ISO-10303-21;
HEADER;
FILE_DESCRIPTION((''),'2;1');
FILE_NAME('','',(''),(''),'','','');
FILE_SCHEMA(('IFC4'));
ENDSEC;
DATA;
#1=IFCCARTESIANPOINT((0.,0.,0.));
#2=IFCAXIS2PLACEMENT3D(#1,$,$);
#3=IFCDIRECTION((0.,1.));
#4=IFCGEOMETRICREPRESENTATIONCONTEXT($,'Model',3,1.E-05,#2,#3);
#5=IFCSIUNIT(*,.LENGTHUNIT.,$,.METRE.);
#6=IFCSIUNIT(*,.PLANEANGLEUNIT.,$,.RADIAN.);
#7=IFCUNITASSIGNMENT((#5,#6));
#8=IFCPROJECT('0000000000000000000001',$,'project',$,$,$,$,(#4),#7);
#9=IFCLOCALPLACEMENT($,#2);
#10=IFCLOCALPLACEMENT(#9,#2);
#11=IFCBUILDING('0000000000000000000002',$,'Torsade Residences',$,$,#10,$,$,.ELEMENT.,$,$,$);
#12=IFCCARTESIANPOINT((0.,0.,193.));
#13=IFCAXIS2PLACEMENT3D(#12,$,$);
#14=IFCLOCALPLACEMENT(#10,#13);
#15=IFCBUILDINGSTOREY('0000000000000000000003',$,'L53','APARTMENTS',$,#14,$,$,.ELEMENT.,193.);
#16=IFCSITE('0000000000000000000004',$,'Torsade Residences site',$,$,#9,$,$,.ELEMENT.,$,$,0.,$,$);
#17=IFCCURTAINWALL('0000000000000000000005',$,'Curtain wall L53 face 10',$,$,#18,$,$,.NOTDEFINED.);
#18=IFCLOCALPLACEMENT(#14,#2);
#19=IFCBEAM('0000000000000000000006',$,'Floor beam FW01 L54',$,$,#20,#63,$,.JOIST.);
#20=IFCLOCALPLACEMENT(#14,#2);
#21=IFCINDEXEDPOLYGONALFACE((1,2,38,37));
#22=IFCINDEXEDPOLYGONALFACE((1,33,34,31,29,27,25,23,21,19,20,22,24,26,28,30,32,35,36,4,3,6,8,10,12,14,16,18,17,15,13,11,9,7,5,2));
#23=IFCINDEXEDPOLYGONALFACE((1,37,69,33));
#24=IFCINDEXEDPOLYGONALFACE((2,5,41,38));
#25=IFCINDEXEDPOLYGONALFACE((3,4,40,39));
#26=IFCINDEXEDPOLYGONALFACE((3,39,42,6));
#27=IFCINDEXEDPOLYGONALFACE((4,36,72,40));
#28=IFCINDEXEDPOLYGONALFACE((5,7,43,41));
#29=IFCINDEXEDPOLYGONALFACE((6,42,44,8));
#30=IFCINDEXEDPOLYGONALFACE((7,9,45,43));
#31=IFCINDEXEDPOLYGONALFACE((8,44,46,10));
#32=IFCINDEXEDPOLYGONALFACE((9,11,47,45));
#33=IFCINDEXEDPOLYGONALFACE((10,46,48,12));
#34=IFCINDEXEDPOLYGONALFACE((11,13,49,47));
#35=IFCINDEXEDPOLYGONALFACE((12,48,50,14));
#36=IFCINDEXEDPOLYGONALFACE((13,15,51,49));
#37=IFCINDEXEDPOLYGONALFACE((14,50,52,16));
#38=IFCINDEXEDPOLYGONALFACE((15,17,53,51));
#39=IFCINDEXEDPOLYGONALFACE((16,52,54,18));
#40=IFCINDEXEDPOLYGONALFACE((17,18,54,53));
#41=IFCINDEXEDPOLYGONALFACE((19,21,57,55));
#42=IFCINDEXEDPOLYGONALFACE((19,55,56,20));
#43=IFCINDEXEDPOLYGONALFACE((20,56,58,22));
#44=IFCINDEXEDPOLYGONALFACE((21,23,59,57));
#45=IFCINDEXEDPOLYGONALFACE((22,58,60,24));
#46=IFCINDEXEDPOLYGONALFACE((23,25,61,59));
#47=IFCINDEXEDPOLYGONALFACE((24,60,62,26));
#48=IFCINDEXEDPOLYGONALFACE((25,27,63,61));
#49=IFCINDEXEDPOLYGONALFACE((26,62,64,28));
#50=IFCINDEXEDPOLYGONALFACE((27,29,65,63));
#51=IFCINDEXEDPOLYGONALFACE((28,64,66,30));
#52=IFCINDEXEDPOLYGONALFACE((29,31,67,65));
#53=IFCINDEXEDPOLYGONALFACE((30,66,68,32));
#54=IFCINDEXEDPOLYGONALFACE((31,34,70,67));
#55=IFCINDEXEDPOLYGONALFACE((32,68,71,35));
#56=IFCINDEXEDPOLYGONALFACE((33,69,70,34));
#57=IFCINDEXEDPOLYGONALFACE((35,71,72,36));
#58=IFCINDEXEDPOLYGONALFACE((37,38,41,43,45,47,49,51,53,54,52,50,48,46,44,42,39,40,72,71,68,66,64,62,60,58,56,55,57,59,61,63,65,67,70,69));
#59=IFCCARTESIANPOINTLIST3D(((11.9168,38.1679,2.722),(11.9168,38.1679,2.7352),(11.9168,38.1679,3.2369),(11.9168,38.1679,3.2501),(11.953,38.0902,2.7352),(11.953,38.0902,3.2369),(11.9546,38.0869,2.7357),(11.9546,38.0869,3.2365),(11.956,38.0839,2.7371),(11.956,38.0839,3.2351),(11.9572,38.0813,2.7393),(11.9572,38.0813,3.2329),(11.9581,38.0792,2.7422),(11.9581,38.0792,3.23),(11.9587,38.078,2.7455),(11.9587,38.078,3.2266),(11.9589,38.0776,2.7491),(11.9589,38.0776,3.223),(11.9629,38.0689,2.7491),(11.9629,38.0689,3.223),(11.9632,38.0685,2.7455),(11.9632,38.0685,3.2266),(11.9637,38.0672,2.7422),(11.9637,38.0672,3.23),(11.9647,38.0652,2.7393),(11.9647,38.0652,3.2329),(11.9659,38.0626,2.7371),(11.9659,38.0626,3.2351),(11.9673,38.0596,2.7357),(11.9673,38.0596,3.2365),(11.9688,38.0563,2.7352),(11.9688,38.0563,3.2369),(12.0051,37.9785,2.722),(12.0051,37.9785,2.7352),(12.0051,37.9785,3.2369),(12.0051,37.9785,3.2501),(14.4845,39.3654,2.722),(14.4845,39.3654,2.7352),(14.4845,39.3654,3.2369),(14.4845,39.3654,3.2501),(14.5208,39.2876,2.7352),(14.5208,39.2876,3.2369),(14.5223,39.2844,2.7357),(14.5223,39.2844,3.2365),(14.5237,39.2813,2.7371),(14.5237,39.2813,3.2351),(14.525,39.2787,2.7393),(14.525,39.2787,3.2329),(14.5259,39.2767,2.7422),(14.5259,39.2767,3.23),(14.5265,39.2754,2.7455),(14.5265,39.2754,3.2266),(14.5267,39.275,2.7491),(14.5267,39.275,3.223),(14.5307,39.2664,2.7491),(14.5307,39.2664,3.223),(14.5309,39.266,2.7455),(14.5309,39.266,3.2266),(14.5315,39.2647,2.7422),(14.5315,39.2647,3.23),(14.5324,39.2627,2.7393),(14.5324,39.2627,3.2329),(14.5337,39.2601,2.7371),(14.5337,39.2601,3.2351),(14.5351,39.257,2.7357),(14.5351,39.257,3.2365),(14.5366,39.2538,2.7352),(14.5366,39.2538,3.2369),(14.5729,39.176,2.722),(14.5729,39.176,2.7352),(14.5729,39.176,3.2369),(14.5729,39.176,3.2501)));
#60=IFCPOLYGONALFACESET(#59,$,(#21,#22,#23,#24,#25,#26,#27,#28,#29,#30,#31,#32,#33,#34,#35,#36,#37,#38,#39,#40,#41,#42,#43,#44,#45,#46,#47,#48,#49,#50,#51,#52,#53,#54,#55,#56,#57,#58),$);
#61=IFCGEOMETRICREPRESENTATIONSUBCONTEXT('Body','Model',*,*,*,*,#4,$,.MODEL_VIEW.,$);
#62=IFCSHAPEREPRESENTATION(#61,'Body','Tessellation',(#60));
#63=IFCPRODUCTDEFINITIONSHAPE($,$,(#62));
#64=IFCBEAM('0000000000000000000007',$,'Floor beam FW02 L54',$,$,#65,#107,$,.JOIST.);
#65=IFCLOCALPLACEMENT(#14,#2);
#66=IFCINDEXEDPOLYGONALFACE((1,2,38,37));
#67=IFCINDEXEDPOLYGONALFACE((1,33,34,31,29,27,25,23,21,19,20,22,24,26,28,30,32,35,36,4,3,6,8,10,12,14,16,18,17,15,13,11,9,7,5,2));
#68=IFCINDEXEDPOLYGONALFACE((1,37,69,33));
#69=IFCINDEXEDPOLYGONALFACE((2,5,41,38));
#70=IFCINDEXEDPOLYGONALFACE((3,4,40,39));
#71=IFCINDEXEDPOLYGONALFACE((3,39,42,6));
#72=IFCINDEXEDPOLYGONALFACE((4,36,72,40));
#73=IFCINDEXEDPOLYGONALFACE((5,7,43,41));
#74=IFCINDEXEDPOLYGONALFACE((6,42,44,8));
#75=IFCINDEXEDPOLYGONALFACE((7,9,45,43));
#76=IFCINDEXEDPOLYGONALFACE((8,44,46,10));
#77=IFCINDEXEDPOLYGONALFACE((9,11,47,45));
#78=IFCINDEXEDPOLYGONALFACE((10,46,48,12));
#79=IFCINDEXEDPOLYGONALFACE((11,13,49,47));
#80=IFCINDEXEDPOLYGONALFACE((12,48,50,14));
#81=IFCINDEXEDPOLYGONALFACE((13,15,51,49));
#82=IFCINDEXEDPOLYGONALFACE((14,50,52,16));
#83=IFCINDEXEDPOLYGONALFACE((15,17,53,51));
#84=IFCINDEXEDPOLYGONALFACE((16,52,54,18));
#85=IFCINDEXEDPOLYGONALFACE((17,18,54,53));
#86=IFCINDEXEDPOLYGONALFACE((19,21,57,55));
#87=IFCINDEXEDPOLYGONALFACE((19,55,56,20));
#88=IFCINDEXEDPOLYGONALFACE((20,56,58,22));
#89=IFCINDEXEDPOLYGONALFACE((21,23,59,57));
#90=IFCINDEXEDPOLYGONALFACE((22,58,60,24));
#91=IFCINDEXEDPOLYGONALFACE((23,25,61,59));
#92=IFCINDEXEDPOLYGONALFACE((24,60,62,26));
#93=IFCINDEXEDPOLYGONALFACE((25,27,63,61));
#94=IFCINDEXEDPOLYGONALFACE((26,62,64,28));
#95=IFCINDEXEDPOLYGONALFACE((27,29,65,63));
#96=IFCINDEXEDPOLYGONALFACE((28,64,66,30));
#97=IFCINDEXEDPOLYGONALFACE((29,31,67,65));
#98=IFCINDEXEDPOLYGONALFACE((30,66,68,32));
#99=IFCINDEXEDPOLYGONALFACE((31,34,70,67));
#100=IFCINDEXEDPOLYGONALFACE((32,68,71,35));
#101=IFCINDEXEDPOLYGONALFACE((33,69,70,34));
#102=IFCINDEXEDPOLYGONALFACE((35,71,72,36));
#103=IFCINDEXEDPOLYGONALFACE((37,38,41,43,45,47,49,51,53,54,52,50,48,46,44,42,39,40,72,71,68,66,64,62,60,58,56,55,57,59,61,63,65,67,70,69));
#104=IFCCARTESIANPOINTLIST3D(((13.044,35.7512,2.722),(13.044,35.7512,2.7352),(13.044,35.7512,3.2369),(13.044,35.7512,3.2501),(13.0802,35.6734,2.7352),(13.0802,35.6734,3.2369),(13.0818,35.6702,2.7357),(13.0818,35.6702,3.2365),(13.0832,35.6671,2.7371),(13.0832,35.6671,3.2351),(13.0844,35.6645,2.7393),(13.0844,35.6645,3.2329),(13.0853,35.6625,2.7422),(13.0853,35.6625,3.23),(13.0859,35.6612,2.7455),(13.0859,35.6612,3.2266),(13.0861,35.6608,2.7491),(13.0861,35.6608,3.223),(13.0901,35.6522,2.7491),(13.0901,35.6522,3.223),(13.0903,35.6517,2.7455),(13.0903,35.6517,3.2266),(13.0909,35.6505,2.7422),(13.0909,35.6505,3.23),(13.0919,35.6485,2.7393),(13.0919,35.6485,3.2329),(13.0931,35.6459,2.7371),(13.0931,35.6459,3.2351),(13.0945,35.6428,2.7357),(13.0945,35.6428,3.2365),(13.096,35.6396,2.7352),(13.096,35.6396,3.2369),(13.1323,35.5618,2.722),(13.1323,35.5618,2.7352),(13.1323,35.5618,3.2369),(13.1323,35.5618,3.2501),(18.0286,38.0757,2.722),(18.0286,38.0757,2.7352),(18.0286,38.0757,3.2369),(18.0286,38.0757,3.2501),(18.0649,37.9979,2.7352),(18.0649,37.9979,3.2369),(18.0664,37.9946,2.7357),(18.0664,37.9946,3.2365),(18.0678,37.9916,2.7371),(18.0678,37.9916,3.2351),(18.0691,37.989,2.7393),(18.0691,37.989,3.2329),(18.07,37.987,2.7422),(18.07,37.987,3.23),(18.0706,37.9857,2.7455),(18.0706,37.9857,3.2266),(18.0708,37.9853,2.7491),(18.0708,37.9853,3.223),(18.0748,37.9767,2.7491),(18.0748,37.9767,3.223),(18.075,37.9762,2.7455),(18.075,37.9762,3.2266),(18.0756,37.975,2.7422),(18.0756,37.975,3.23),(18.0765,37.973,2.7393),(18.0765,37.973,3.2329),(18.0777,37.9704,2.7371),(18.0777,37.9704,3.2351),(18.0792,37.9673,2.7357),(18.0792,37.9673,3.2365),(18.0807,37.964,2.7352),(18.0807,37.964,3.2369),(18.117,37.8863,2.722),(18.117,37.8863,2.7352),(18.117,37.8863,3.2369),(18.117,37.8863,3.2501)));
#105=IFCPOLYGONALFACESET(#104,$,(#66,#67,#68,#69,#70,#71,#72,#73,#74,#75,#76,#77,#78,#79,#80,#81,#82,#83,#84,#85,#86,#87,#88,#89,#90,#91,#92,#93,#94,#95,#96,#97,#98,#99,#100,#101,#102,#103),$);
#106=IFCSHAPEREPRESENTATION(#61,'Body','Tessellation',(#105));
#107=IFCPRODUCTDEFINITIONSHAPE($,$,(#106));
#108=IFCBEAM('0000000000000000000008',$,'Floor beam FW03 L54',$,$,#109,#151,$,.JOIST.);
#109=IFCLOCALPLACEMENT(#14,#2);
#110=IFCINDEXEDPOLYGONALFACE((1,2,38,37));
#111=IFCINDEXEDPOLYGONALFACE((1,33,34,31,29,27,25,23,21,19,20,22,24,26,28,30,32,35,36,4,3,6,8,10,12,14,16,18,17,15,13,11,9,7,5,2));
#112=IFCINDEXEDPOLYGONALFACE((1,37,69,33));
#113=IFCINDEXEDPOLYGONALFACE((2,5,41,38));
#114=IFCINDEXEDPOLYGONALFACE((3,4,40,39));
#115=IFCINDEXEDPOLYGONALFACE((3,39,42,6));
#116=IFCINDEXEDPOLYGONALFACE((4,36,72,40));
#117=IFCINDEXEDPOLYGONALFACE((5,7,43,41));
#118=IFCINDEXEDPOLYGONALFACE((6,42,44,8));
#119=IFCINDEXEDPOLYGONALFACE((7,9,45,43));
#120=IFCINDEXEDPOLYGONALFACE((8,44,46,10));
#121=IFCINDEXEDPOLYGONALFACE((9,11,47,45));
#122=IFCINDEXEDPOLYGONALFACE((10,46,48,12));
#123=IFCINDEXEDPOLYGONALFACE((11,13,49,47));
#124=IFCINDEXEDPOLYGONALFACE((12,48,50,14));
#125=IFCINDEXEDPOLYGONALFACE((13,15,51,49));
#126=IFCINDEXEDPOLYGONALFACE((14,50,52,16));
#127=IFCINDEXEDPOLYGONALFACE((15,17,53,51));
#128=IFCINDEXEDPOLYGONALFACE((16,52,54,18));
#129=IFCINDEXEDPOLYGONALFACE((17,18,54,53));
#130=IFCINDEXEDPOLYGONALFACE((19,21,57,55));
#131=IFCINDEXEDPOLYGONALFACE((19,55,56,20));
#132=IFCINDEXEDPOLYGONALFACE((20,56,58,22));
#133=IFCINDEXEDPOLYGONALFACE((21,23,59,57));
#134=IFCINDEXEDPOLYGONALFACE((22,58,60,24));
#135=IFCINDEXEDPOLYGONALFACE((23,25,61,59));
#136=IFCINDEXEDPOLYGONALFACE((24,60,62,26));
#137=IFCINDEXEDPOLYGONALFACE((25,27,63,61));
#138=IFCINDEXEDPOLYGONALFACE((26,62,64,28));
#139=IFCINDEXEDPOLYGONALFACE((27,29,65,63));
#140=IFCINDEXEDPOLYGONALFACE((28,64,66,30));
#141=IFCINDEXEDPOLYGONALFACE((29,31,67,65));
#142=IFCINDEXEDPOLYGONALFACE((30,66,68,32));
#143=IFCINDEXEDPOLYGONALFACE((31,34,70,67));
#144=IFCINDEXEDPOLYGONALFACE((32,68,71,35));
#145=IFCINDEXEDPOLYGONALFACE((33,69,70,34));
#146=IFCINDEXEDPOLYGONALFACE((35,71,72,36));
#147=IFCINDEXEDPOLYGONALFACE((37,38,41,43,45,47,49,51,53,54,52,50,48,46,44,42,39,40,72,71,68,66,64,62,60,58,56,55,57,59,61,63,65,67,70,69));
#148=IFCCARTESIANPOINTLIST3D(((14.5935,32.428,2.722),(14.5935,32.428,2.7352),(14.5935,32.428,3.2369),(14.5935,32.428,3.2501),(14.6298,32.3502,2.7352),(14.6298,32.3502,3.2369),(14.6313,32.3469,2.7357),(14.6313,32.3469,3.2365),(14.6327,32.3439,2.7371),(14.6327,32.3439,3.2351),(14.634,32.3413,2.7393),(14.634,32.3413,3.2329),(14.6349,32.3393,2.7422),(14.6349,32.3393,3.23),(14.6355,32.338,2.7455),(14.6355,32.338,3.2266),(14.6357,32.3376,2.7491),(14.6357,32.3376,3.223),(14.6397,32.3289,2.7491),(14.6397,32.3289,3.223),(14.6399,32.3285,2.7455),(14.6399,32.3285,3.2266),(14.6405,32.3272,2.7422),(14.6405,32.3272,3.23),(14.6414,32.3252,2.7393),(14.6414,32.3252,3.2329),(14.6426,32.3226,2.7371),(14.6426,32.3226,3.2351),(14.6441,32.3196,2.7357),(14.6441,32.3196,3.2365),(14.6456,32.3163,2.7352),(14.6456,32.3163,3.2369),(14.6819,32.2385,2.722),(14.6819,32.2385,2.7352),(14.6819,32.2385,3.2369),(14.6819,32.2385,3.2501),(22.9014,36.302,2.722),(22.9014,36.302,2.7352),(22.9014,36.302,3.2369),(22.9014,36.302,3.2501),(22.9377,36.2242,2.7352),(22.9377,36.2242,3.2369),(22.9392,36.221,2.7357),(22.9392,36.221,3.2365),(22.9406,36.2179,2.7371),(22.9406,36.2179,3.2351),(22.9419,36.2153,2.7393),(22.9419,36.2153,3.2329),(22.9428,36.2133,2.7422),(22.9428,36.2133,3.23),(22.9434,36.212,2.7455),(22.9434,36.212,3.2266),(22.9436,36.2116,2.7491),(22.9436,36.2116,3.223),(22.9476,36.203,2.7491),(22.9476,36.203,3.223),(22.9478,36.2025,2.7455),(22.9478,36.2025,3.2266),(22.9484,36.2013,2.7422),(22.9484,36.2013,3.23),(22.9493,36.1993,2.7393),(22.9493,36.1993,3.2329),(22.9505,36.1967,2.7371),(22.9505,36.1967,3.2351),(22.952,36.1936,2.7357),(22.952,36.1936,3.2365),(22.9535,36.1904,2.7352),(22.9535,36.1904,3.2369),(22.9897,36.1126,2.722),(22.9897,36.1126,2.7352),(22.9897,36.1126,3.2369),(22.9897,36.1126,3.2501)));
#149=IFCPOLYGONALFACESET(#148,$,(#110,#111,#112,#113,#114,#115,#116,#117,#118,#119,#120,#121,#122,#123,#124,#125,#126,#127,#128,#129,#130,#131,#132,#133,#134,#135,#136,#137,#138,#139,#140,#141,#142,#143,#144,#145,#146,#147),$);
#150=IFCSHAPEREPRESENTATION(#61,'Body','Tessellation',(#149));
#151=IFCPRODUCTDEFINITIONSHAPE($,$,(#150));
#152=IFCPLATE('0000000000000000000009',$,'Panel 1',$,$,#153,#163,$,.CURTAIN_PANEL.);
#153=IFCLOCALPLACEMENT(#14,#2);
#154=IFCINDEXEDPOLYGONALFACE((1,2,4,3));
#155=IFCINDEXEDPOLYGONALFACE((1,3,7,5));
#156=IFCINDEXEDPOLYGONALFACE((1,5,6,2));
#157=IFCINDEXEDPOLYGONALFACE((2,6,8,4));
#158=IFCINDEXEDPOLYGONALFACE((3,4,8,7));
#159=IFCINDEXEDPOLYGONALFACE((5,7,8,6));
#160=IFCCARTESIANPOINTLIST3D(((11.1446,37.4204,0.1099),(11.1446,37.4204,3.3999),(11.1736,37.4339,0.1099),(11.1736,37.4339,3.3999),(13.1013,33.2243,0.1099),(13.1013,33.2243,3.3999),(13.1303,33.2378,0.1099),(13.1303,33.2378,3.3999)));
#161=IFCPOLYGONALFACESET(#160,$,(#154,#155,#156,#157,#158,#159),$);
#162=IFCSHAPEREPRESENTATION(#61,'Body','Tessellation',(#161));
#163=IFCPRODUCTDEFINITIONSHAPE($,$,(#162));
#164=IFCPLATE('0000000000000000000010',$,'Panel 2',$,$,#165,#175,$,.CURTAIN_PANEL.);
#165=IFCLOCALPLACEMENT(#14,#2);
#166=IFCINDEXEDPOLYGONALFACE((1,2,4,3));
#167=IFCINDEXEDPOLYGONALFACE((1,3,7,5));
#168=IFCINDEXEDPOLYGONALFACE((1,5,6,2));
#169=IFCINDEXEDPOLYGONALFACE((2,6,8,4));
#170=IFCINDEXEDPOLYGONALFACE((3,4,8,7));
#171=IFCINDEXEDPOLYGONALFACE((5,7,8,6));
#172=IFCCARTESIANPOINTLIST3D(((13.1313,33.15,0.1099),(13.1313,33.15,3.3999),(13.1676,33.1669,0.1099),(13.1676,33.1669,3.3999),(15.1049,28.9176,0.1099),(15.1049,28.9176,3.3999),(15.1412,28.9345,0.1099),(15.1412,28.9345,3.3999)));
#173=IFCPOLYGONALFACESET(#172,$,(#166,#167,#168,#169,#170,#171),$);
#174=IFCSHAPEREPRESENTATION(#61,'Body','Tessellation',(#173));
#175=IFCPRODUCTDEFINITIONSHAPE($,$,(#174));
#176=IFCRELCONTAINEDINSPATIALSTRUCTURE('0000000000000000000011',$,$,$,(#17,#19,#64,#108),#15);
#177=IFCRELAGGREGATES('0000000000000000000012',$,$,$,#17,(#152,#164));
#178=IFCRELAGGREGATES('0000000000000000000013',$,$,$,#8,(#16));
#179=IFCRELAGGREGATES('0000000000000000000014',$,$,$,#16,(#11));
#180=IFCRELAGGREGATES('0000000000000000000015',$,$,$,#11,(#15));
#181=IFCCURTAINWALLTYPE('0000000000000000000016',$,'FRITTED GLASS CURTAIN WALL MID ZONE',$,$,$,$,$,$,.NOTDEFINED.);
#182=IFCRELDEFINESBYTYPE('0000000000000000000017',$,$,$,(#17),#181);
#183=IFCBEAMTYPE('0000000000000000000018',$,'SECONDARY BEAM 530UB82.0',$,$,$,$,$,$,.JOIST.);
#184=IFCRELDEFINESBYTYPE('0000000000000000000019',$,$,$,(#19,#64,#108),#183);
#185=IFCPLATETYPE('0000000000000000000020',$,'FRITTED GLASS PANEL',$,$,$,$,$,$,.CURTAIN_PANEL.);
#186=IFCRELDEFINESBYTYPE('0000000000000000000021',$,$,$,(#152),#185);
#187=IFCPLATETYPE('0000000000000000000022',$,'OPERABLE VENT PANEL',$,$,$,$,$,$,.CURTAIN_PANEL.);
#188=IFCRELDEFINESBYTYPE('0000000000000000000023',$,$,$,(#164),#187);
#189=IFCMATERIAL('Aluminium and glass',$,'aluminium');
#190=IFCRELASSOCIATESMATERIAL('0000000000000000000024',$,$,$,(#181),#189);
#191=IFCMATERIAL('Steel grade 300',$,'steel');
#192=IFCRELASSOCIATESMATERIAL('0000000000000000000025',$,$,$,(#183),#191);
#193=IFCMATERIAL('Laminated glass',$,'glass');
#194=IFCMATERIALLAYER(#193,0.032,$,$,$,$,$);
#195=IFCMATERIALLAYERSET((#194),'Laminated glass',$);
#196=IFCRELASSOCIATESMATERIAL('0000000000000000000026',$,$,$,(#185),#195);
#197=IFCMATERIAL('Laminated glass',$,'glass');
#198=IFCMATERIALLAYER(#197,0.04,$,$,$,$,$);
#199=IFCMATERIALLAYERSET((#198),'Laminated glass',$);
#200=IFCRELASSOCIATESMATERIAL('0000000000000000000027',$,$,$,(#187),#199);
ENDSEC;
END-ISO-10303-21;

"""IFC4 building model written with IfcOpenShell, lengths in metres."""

from ifc_helpers import new_model, si_unit, direction, frame, origin, origin_2d, place, context, subcontext, project, spatial, rectangle, i_section, extrude, material, layer, layer_set, material_profile, profile_set, type_object, element, aggregate, save


model = new_model("IFC4")

# Units and contexts
model_context = context("Model", 3, precision=1e-05, world=origin(), true_north=direction((0.0, 1.0)))
body_context = subcontext(model_context, "Body", "Model", "MODEL_VIEW")
ifc_project = project(units=[si_unit("LENGTHUNIT", "METRE"), si_unit("PLANEANGLEUNIT", "RADIAN")], contexts=[model_context])

# Site, building, storey
site_placement = place(None, origin())
site = spatial("IfcSite", under=ifc_project, at=site_placement, Name="Torsade Residences site", CompositionType="ELEMENT", RefElevation=0.0)
building_placement = place(site_placement, origin())
building = spatial("IfcBuilding", under=site, at=building_placement, Name="Torsade Residences", CompositionType="ELEMENT")
storey_placement = place(building_placement, frame((0.0, 0.0, 193.0)))
storey = spatial("IfcBuildingStorey", under=building, at=storey_placement, Name="L53", Description="APARTMENTS", CompositionType="ELEMENT", Elevation=193.0)

# Curtain wall
ifc_material_1 = material(Name="Aluminium and glass", Category="aluminium")
curtain_wall_type = type_object("IfcCurtainWallType", Name="FRITTED GLASS CURTAIN WALL MID ZONE", PredefinedType="NOTDEFINED", material=ifc_material_1)
curtain_wall_placement = place(storey_placement, origin())
curtain_wall = element("IfcCurtainWall", 1, at=curtain_wall_placement, inside=storey, type_object=curtain_wall_type, Name="Curtain wall L53 face 10", PredefinedType="NOTDEFINED")

# Beams
ifc_material_2 = material(Name="Steel grade 300", Category="steel")
ifc_material_profile_1 = material_profile(ifc_material_2, i_section(OverallWidth=0.209, OverallDepth=0.5281, WebThickness=0.0095, FlangeThickness=0.0132, FilletRadius=0.0139, at=origin_2d()), Name="530UB82.0")
ifc_profile_set_1 = profile_set([ifc_material_profile_1], Name="Steel grade 300")
beam_type_1 = type_object("IfcBeamType", Name="SECONDARY BEAM 530UB82.0", PredefinedType="JOIST", material=ifc_profile_set_1)
beam_1_placement = place(storey_placement, frame((11.9609, 38.0732, 2.9861), z_axis=(0.906295, 0.422645, 0.0), x_axis=(-0.422645, 0.906295, 0.0)))
element("IfcBeam", 2, at=beam_1_placement, inside=storey, type_object=beam_type_1, Name="Floor beam FW01 L54", PredefinedType="JOIST", context=body_context, shape_type="SweptSolid", body=[
    extrude(i_section(OverallWidth=0.209, OverallDepth=0.5281, WebThickness=0.0095, FlangeThickness=0.0132, FilletRadius=0.0139, at=origin_2d()), origin(), (0.0, 0.0, 1.0), 2.8333),
])
beam_2_placement = place(storey_placement, frame((13.0881, 35.6565, 2.9861), z_axis=(0.906301, 0.422633, 0.0), x_axis=(-0.422633, 0.906301, 0.0)))
element("IfcBeam", 3, at=beam_2_placement, inside=storey, type_object=beam_type_1, Name="Floor beam FW02 L54", PredefinedType="JOIST", context=body_context, shape_type="SweptSolid", body=[
    extrude(i_section(OverallWidth=0.209, OverallDepth=0.5281, WebThickness=0.0095, FlangeThickness=0.0132, FilletRadius=0.0139, at=origin_2d()), origin(), (0.0, 0.0, 1.0), 5.5),
])
beam_3_placement = place(storey_placement, frame((14.6377, 32.3333, 2.9861), z_axis=(0.906308, 0.422619, 0.0), x_axis=(-0.422619, 0.906308, 0.0)))
element("IfcBeam", 4, at=beam_3_placement, inside=storey, type_object=beam_type_1, Name="Floor beam FW03 L54", PredefinedType="JOIST", context=body_context, shape_type="SweptSolid", body=[
    extrude(i_section(OverallWidth=0.209, OverallDepth=0.5281, WebThickness=0.0095, FlangeThickness=0.0132, FilletRadius=0.0139, at=origin_2d()), origin(), (0.0, 0.0, 1.0), 9.1667),
])

# Plates
ifc_material_3 = material(Name="Laminated glass", Category="glass")
ifc_layer_1 = layer(ifc_material_3, 0.032)
ifc_layer_set_1 = layer_set([ifc_layer_1], Name="Laminated glass")
plate_type_1 = type_object("IfcPlateType", Name="FRITTED GLASS PANEL", PredefinedType="CURTAIN_PANEL", material=ifc_layer_set_1)
plate_1_placement = place(storey_placement, frame((12.1375, 35.3291, 0.1099), z_axis=(0.0, 0.0, 1.0), x_axis=(0.422618, -0.906308, 0.0)))
plate_1 = element("IfcPlate", 5, at=plate_1_placement, type_object=plate_type_1, Name="Panel 1", PredefinedType="CURTAIN_PANEL", context=body_context, shape_type="SweptSolid", body=[
    extrude(rectangle(XDim=4.6299, YDim=0.032, at=origin_2d()), origin(), (0.0, 0.0, 1.0), 3.29),
])
ifc_material_4 = material(Name="Laminated glass", Category="glass")
ifc_layer_2 = layer(ifc_material_4, 0.04)
ifc_layer_set_2 = layer_set([ifc_layer_2], Name="Laminated glass")
plate_type_2 = type_object("IfcPlateType", Name="OPERABLE VENT PANEL", PredefinedType="CURTAIN_PANEL", material=ifc_layer_set_2)
plate_2_placement = place(storey_placement, frame((14.1362, 31.0422, 0.1099), z_axis=(0.0, 0.0, 1.0), x_axis=(0.422618, -0.906308, 0.0)))
plate_2 = element("IfcPlate", 6, at=plate_2_placement, type_object=plate_type_2, Name="Panel 2", PredefinedType="CURTAIN_PANEL", context=body_context, shape_type="SweptSolid", body=[
    extrude(rectangle(XDim=4.6699, YDim=0.04, at=origin_2d()), origin(), (0.0, 0.0, 1.0), 3.29),
])
aggregate(curtain_wall, [plate_1, plate_2])

save(model, "model.ifc")
